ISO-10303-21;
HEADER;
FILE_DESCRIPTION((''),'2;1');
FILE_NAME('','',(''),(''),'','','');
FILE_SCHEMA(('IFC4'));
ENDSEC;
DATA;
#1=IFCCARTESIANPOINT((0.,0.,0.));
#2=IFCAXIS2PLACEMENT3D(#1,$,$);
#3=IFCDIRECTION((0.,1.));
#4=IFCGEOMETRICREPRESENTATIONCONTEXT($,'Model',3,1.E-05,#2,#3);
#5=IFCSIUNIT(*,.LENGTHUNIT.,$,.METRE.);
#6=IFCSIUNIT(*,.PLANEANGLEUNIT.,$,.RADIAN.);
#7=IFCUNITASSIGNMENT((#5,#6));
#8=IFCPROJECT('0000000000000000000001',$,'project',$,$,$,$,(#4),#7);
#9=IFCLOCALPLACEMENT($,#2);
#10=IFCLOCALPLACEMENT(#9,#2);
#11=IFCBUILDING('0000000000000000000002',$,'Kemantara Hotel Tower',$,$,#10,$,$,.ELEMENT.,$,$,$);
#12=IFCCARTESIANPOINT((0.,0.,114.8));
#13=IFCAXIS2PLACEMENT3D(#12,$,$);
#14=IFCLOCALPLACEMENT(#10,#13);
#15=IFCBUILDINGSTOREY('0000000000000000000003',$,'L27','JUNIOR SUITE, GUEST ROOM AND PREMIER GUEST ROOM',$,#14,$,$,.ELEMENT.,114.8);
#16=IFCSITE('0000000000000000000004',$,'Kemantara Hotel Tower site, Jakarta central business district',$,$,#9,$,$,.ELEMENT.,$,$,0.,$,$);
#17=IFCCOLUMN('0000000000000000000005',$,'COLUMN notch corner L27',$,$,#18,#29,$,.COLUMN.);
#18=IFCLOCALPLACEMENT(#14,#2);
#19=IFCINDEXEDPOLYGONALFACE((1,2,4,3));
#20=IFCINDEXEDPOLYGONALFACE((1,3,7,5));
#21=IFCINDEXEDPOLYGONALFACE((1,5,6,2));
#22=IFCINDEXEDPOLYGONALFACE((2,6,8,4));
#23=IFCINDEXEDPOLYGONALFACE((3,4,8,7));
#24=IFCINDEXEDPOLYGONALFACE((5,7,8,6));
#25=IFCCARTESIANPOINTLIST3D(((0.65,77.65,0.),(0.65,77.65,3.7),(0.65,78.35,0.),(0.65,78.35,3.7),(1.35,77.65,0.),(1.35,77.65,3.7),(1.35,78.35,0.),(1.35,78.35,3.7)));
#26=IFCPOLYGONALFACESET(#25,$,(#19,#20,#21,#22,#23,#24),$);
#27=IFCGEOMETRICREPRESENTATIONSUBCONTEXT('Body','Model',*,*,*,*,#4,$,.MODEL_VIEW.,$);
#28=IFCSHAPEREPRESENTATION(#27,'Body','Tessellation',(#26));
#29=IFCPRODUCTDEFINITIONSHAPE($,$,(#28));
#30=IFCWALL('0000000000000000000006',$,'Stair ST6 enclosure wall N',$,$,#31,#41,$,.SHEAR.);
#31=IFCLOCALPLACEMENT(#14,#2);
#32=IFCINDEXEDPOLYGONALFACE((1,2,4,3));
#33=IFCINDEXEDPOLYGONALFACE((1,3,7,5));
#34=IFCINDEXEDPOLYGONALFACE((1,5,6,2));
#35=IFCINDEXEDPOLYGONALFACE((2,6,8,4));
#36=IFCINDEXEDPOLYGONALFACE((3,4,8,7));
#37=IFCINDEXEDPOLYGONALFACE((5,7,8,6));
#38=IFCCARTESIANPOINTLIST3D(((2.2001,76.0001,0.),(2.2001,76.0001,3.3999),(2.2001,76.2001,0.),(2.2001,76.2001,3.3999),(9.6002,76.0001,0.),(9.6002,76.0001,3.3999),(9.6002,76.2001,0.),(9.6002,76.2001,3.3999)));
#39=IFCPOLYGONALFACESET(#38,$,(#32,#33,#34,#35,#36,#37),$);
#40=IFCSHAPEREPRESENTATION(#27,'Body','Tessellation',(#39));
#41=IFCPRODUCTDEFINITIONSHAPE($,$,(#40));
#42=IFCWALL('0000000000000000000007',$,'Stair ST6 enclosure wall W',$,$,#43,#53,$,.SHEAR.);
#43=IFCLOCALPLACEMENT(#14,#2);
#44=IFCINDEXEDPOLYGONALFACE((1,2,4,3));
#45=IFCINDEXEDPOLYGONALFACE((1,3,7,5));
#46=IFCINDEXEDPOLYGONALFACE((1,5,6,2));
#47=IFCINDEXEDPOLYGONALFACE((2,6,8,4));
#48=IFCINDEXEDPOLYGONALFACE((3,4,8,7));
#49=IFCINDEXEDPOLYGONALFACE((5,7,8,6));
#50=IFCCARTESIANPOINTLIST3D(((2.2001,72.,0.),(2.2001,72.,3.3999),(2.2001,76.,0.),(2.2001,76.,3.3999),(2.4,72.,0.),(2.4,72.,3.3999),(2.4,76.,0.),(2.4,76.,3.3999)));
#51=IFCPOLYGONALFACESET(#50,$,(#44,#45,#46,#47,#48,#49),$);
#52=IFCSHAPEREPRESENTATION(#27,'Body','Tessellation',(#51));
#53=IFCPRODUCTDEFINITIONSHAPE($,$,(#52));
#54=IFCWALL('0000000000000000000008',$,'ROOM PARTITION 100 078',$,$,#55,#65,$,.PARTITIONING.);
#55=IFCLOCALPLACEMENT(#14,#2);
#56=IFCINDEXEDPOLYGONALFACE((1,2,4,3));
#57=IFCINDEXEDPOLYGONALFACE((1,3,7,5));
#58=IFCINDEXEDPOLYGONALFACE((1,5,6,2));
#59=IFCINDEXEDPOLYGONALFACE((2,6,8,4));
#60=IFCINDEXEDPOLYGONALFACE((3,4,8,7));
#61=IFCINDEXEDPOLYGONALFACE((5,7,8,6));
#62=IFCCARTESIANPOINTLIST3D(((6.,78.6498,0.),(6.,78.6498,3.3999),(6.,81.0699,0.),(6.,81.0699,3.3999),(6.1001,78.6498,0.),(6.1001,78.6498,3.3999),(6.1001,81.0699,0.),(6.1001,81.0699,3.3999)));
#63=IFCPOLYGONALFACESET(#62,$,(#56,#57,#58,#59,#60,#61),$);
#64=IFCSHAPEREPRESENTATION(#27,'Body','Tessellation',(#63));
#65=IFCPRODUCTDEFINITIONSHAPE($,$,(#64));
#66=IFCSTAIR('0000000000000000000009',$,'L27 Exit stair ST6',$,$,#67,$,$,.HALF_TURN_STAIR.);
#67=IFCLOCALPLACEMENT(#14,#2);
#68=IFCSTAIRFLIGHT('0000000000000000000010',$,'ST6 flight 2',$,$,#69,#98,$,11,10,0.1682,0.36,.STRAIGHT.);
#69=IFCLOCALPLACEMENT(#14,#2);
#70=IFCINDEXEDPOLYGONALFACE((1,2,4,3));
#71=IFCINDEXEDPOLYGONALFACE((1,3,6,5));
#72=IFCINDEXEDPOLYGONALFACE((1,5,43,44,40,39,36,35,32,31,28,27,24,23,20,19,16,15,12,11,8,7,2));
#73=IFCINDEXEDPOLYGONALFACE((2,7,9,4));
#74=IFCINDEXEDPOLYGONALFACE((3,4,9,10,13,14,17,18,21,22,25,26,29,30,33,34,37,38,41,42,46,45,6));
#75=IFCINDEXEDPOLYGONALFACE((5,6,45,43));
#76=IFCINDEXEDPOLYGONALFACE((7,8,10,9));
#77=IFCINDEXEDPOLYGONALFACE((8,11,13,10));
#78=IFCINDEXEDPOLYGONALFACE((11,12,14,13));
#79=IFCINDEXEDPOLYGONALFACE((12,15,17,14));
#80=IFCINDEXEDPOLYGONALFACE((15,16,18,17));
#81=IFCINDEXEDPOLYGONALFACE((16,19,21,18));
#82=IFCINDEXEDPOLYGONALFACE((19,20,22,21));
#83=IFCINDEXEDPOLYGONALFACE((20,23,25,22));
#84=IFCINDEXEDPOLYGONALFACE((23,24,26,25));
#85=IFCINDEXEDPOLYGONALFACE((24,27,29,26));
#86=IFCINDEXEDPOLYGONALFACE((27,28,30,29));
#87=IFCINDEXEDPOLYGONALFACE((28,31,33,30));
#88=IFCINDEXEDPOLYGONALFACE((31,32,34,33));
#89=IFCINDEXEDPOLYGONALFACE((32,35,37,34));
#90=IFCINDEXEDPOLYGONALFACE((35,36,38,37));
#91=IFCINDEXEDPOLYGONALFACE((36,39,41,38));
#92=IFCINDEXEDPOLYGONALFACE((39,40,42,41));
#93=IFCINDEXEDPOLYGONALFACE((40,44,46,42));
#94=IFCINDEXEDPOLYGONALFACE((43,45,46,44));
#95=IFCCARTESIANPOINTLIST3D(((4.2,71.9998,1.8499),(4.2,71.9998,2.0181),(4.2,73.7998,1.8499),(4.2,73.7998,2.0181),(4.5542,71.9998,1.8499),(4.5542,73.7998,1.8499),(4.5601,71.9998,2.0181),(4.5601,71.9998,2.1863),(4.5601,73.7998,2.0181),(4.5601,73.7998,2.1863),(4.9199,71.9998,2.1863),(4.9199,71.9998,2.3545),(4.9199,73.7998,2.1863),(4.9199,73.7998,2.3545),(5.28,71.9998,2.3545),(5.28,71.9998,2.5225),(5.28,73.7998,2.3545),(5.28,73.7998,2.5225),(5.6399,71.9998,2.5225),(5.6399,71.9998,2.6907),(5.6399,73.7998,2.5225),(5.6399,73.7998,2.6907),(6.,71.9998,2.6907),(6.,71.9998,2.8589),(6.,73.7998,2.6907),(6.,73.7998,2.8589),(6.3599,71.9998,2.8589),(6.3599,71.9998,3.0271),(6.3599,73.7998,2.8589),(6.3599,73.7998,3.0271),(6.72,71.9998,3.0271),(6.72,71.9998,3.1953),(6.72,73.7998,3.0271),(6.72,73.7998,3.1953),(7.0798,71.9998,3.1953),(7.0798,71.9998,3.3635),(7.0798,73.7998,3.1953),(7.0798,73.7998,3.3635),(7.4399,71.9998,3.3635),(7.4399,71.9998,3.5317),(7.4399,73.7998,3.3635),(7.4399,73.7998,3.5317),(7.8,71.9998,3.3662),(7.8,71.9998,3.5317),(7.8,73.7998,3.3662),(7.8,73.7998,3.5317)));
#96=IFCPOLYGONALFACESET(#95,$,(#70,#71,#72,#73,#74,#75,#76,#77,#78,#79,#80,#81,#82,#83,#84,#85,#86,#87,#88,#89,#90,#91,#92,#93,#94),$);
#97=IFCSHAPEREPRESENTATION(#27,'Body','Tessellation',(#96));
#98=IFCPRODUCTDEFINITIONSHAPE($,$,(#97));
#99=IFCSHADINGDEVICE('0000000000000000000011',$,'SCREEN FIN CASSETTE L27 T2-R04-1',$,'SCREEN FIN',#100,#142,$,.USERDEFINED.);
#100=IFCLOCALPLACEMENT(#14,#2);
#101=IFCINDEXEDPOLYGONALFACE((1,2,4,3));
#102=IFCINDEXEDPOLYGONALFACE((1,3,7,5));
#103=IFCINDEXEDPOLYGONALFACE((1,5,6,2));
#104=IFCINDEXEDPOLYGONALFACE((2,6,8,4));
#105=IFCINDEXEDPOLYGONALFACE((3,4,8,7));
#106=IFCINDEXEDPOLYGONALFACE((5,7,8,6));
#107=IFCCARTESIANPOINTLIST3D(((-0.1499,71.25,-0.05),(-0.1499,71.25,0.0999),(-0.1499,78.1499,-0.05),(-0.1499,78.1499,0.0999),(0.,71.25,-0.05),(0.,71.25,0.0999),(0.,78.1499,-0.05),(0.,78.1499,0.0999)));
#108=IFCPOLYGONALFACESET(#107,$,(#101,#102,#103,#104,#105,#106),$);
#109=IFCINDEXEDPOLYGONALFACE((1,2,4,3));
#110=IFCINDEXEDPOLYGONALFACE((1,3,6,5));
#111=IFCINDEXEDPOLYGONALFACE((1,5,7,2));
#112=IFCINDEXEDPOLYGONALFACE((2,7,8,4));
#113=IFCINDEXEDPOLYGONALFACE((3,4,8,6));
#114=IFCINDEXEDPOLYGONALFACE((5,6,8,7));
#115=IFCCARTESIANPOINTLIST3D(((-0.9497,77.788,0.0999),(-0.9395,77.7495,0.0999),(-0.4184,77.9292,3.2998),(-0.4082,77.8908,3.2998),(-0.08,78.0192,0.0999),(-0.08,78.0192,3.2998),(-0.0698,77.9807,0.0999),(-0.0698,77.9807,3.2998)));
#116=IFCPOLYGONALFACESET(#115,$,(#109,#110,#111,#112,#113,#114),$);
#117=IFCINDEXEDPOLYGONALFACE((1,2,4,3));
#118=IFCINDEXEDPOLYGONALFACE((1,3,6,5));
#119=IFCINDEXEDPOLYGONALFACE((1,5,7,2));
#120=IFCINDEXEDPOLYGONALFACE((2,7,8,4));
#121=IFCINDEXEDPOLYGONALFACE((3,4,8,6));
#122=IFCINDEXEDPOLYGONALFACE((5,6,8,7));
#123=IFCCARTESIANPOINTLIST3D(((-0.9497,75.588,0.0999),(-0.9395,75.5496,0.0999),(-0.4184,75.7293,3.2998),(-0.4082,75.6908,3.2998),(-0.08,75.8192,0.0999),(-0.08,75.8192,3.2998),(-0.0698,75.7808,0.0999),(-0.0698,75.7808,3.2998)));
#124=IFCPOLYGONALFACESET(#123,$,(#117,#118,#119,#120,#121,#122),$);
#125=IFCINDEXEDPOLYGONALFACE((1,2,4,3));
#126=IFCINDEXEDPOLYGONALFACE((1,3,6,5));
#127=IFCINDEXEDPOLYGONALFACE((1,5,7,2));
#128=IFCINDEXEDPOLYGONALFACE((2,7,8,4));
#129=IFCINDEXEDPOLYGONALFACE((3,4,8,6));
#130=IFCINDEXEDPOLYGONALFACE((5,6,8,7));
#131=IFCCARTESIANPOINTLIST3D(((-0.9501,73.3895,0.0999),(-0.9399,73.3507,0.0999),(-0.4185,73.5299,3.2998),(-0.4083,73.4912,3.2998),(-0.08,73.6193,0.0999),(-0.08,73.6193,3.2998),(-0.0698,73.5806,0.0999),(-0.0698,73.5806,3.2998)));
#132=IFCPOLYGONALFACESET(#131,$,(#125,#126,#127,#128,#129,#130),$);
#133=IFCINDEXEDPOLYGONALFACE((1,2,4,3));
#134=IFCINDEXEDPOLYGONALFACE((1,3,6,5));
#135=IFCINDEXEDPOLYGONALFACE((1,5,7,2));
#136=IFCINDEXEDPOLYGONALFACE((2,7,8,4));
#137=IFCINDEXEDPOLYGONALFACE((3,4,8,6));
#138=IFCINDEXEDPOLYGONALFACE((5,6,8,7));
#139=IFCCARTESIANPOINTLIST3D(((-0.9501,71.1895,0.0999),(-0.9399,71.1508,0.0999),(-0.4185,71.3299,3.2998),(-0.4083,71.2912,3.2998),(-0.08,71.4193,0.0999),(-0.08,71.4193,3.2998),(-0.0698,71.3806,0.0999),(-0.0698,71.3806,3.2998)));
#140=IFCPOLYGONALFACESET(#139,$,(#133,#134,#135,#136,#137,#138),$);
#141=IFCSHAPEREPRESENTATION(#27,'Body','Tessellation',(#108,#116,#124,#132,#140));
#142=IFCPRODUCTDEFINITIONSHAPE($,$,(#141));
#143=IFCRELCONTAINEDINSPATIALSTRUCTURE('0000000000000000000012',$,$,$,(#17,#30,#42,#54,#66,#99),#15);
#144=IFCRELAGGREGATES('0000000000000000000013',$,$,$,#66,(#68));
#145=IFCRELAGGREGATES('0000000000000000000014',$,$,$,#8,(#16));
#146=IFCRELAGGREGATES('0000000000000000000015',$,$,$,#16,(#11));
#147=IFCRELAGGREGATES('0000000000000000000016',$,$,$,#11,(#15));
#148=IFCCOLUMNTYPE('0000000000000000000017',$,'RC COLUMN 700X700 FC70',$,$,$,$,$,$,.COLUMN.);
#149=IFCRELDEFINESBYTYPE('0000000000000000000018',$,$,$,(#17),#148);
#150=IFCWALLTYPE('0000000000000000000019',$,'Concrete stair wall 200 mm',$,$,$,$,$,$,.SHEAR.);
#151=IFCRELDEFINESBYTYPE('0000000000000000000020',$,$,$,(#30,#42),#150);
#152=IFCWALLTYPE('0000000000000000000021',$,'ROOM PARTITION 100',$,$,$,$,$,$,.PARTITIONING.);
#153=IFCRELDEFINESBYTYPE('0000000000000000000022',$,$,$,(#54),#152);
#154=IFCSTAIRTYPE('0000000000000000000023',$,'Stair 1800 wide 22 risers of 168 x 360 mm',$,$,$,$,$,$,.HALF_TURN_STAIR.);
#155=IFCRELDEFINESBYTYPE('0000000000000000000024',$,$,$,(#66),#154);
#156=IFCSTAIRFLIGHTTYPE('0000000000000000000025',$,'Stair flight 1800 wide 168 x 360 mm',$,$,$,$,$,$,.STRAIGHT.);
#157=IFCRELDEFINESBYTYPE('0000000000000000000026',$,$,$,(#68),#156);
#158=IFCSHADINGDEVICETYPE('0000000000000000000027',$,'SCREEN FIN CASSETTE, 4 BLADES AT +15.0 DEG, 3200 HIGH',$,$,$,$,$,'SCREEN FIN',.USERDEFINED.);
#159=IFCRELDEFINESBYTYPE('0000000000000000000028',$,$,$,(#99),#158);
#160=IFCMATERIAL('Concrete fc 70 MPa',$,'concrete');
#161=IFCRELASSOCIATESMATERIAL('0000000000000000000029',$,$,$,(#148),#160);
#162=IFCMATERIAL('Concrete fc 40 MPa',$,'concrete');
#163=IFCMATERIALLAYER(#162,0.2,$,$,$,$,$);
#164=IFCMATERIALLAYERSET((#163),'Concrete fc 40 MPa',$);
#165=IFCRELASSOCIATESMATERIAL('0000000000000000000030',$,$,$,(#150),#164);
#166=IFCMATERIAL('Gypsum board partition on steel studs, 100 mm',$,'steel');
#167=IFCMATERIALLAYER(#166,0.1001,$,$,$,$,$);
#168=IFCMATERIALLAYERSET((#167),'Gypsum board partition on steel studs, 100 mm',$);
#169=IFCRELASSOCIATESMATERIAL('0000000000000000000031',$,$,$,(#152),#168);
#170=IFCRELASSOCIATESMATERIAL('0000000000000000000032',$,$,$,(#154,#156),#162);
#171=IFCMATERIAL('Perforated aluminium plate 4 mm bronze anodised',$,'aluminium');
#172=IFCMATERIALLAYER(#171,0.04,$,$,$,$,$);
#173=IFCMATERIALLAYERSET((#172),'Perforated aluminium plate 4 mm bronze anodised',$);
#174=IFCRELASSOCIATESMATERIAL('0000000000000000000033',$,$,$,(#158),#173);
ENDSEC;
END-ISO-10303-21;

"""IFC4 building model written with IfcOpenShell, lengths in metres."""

from ifc_helpers import new_model, si_unit, direction, frame, frame_2d, origin, origin_2d, place, context, subcontext, project, spatial, polyline, rectangle, outline, extrude, source, transform, mapped, material, layer, layer_set, material_profile, profile_set, type_object, element, aggregate, save


model = new_model("IFC4")

# Units and contexts
model_context = context("Model", 3, precision=1e-05, world=origin(), true_north=direction((0.0, 1.0)))
body_context = subcontext(model_context, "Body", "Model", "MODEL_VIEW")
ifc_project = project(units=[si_unit("LENGTHUNIT", "METRE"), si_unit("PLANEANGLEUNIT", "RADIAN")], contexts=[model_context])

# Site, building, storey
site_placement = place(None, origin())
site = spatial("IfcSite", under=ifc_project, at=site_placement, Name="Kemantara Hotel Tower site, Jakarta central business district", CompositionType="ELEMENT", RefElevation=0.0)
building_placement = place(site_placement, origin())
building = spatial("IfcBuilding", under=site, at=building_placement, Name="Kemantara Hotel Tower", CompositionType="ELEMENT")
storey_placement = place(building_placement, frame((0.0, 0.0, 114.8)))
storey = spatial("IfcBuildingStorey", under=building, at=storey_placement, Name="L27", Description="JUNIOR SUITE, GUEST ROOM AND PREMIER GUEST ROOM", CompositionType="ELEMENT", Elevation=114.8)

# Column
ifc_material_1 = material(Name="Concrete fc 70 MPa", Category="concrete")
ifc_material_profile = material_profile(ifc_material_1, rectangle(XDim=0.7, YDim=0.7, at=origin_2d()), Name="RC 700X700")
ifc_profile_set = profile_set([ifc_material_profile], Name="Concrete fc 70 MPa")
column_type = type_object("IfcColumnType", Name="RC COLUMN 700X700 FC70", PredefinedType="COLUMN", material=ifc_profile_set)
column_placement = place(storey_placement, frame((1.0, 78.0, 0.0), z_axis=(0.0, 0.0, 1.0), x_axis=(1.0, 0.0, 0.0)))
element("IfcColumn", 1, at=column_placement, inside=storey, type_object=column_type, Name="COLUMN notch corner L27", PredefinedType="COLUMN", context=body_context, shape_type="SweptSolid", body=[
    extrude(rectangle(XDim=0.7, YDim=0.7, at=origin_2d()), origin(), (0.0, 0.0, 1.0), 3.7),
])

# Walls
ifc_material_2 = material(Name="Concrete fc 40 MPa", Category="concrete")
ifc_layer_1 = layer(ifc_material_2, 0.2)
ifc_layer_set_1 = layer_set([ifc_layer_1], Name="Concrete fc 40 MPa")
wall_type_1 = type_object("IfcWallType", Name="Concrete stair wall 200 mm", PredefinedType="SHEAR", material=ifc_layer_set_1)
wall_1_placement = place(storey_placement, frame((2.2, 76.1001, 0.0), z_axis=(0.0, 0.0, 1.0), x_axis=(1.0, 0.0, 0.0)))
element("IfcWall", 2, at=wall_1_placement, inside=storey, type_object=wall_type_1, Name="Stair ST6 enclosure wall N", PredefinedType="SHEAR", context=body_context, shape_type="SweptSolid", body=[
    extrude(rectangle(XDim=7.4001, YDim=0.2, at=frame_2d((3.7002, 0.0))), origin(), (0.0, 0.0, 1.0), 3.3999),
])
wall_2_placement = place(storey_placement, frame((2.3, 72.0, 0.0), z_axis=(0.0, 0.0, 1.0), x_axis=(0.0, 1.0, 0.0)))
element("IfcWall", 3, at=wall_2_placement, inside=storey, type_object=wall_type_1, Name="Stair ST6 enclosure wall W", PredefinedType="SHEAR", context=body_context, shape_type="SweptSolid", body=[
    extrude(rectangle(XDim=4.0, YDim=0.2, at=frame_2d((2.0, 0.0))), origin(), (0.0, 0.0, 1.0), 3.3999),
])
ifc_material_3 = material(Name="Gypsum board partition on steel studs, 100 mm", Category="steel")
ifc_layer_2 = layer(ifc_material_3, 0.1001)
ifc_layer_set_2 = layer_set([ifc_layer_2], Name="Gypsum board partition on steel studs, 100 mm")
wall_type_2 = type_object("IfcWallType", Name="ROOM PARTITION 100", PredefinedType="PARTITIONING", material=ifc_layer_set_2)
wall_3_placement = place(storey_placement, frame((6.05, 78.6499, 0.0), z_axis=(0.0, 0.0, 1.0), x_axis=(0.0, 1.0, 0.0)))
element("IfcWall", 4, at=wall_3_placement, inside=storey, type_object=wall_type_2, Name="ROOM PARTITION 100 078", PredefinedType="PARTITIONING", context=body_context, shape_type="SweptSolid", body=[
    extrude(rectangle(XDim=2.4202, YDim=0.1001, at=frame_2d((1.21, 0.0))), origin(), (0.0, 0.0, 1.0), 3.3999),
])

# Stair, stair flight
stair_type = type_object("IfcStairType", Name="Stair 1800 wide 22 risers of 168 x 360 mm", PredefinedType="HALF_TURN_STAIR", material=ifc_material_2)
stair_placement = place(storey_placement, origin())
stair = element("IfcStair", 5, at=stair_placement, inside=storey, type_object=stair_type, Name="L27 Exit stair ST6", PredefinedType="HALF_TURN_STAIR")
stair_flight_type = type_object("IfcStairFlightType", Name="Stair flight 1800 wide 168 x 360 mm", PredefinedType="STRAIGHT", material=ifc_material_2)
stair_flight_placement = place(storey_placement, frame((4.2, 72.8999, 1.8499), z_axis=(0.0, 0.0, 1.0), x_axis=(1.0, 0.0, 0.0)))
stair_flight = element("IfcStairFlight", 6, at=stair_flight_placement, type_object=stair_flight_type, Name="ST6 flight 2", NumberOfRisers=11, NumberOfTreads=10, PredefinedType="STRAIGHT", RiserHeight=0.1682, TreadLength=0.36, context=body_context, shape_type="SweptSolid", body=[
    extrude(outline(polyline([(0.0, 0.0), (0.0, 0.1682), (0.3601, 0.1682), (0.3601, 0.3364), (0.72, 0.3364), (0.72, 0.5046), (1.0801, 0.5046), (1.0801, 0.6726), (1.4399, 0.6726), (1.4399, 0.8408), (1.8, 0.8408), (1.8, 1.009), (2.1599, 1.009), (2.1599, 1.1772), (2.52, 1.1772), (2.52, 1.3455), (2.8799, 1.3455), (2.8799, 1.5137), (3.24, 1.5137), (3.24, 1.6819), (3.6001, 1.6819), (3.6001, 1.8501), (3.6001, 1.5164), (0.3542, 0.0), (0.0, 0.0)])), frame((0.0, 0.8999, 0.0), z_axis=(0.0, -1.0, 0.0), x_axis=(1.0, 0.0, 0.0)), (0.0, 0.0, 1.0), 1.8),
])
aggregate(stair, [stair_flight])

# Shading device
ifc_material_4 = material(Name="Perforated aluminium plate 4 mm bronze anodised", Category="aluminium")
ifc_layer_3 = layer(ifc_material_4, 0.04)
ifc_layer_set_3 = layer_set([ifc_layer_3], Name="Perforated aluminium plate 4 mm bronze anodised")
shading_device_type = type_object("IfcShadingDeviceType", Name="SCREEN FIN CASSETTE, 4 BLADES AT +15.0 DEG, 3200 HIGH", ElementType="SCREEN FIN", PredefinedType="USERDEFINED", material=ifc_layer_set_3)
shared_shape = source(origin(), body_context, "Body", "SweptSolid", [
    extrude(rectangle(XDim=6.8999, YDim=0.1499, at=origin_2d()), frame((3.3, -0.075, -0.1499), z_axis=(0.0, 0.0, 1.0), x_axis=(1.0, 0.0, 0.0)), (0.0, 0.0, 1.0), 0.1499),
    extrude(outline(polyline([(0.0, 0.0), (0.8999, 0.0), (0.3501, 3.2), (0.0, 3.2), (0.0, 0.0)])), frame((0.0193, -0.0698, 0.0), z_axis=(-0.966438, -0.256901, 0.0), x_axis=(0.256901, -0.966438, 0.0)), (0.0, 0.0, 1.0), 0.0398),
    extrude(outline(polyline([(0.0, 0.0), (0.8999, 0.0), (0.3501, 3.2), (0.0, 3.2), (0.0, 0.0)])), frame((2.2192, -0.0698, 0.0), z_axis=(-0.966438, -0.256901, 0.0), x_axis=(0.256901, -0.966438, 0.0)), (0.0, 0.0, 1.0), 0.0398),
    extrude(outline(polyline([(0.0, 0.0), (0.8999, 0.0), (0.3501, 3.2), (0.0, 3.2), (0.0, 0.0)])), frame((4.4194, -0.0698, 0.0), z_axis=(-0.966838, -0.255391, 0.0), x_axis=(0.255391, -0.966838, 0.0)), (0.0, 0.0, 1.0), 0.04),
    extrude(outline(polyline([(0.0, 0.0), (0.8999, 0.0), (0.3501, 3.2), (0.0, 3.2), (0.0, 0.0)])), frame((6.6194, -0.0698, 0.0), z_axis=(-0.966838, -0.255391, 0.0), x_axis=(0.255391, -0.966838, 0.0)), (0.0, 0.0, 1.0), 0.04),
])
shading_device_placement = place(storey_placement, frame((0.0, 78.0, 0.0999), z_axis=(0.0, 0.0, 1.0), x_axis=(0.0, -1.0, 0.0)))
element("IfcShadingDevice", 7, at=shading_device_placement, inside=storey, type_object=shading_device_type, Name="SCREEN FIN CASSETTE L27 T2-R04-1", ObjectType="SCREEN FIN", PredefinedType="USERDEFINED", context=body_context, shape_type="MappedRepresentation", body=[
    mapped(shared_shape, transform((0.0, 0.0, 0.0))),
])

save(model, "model.ifc")
